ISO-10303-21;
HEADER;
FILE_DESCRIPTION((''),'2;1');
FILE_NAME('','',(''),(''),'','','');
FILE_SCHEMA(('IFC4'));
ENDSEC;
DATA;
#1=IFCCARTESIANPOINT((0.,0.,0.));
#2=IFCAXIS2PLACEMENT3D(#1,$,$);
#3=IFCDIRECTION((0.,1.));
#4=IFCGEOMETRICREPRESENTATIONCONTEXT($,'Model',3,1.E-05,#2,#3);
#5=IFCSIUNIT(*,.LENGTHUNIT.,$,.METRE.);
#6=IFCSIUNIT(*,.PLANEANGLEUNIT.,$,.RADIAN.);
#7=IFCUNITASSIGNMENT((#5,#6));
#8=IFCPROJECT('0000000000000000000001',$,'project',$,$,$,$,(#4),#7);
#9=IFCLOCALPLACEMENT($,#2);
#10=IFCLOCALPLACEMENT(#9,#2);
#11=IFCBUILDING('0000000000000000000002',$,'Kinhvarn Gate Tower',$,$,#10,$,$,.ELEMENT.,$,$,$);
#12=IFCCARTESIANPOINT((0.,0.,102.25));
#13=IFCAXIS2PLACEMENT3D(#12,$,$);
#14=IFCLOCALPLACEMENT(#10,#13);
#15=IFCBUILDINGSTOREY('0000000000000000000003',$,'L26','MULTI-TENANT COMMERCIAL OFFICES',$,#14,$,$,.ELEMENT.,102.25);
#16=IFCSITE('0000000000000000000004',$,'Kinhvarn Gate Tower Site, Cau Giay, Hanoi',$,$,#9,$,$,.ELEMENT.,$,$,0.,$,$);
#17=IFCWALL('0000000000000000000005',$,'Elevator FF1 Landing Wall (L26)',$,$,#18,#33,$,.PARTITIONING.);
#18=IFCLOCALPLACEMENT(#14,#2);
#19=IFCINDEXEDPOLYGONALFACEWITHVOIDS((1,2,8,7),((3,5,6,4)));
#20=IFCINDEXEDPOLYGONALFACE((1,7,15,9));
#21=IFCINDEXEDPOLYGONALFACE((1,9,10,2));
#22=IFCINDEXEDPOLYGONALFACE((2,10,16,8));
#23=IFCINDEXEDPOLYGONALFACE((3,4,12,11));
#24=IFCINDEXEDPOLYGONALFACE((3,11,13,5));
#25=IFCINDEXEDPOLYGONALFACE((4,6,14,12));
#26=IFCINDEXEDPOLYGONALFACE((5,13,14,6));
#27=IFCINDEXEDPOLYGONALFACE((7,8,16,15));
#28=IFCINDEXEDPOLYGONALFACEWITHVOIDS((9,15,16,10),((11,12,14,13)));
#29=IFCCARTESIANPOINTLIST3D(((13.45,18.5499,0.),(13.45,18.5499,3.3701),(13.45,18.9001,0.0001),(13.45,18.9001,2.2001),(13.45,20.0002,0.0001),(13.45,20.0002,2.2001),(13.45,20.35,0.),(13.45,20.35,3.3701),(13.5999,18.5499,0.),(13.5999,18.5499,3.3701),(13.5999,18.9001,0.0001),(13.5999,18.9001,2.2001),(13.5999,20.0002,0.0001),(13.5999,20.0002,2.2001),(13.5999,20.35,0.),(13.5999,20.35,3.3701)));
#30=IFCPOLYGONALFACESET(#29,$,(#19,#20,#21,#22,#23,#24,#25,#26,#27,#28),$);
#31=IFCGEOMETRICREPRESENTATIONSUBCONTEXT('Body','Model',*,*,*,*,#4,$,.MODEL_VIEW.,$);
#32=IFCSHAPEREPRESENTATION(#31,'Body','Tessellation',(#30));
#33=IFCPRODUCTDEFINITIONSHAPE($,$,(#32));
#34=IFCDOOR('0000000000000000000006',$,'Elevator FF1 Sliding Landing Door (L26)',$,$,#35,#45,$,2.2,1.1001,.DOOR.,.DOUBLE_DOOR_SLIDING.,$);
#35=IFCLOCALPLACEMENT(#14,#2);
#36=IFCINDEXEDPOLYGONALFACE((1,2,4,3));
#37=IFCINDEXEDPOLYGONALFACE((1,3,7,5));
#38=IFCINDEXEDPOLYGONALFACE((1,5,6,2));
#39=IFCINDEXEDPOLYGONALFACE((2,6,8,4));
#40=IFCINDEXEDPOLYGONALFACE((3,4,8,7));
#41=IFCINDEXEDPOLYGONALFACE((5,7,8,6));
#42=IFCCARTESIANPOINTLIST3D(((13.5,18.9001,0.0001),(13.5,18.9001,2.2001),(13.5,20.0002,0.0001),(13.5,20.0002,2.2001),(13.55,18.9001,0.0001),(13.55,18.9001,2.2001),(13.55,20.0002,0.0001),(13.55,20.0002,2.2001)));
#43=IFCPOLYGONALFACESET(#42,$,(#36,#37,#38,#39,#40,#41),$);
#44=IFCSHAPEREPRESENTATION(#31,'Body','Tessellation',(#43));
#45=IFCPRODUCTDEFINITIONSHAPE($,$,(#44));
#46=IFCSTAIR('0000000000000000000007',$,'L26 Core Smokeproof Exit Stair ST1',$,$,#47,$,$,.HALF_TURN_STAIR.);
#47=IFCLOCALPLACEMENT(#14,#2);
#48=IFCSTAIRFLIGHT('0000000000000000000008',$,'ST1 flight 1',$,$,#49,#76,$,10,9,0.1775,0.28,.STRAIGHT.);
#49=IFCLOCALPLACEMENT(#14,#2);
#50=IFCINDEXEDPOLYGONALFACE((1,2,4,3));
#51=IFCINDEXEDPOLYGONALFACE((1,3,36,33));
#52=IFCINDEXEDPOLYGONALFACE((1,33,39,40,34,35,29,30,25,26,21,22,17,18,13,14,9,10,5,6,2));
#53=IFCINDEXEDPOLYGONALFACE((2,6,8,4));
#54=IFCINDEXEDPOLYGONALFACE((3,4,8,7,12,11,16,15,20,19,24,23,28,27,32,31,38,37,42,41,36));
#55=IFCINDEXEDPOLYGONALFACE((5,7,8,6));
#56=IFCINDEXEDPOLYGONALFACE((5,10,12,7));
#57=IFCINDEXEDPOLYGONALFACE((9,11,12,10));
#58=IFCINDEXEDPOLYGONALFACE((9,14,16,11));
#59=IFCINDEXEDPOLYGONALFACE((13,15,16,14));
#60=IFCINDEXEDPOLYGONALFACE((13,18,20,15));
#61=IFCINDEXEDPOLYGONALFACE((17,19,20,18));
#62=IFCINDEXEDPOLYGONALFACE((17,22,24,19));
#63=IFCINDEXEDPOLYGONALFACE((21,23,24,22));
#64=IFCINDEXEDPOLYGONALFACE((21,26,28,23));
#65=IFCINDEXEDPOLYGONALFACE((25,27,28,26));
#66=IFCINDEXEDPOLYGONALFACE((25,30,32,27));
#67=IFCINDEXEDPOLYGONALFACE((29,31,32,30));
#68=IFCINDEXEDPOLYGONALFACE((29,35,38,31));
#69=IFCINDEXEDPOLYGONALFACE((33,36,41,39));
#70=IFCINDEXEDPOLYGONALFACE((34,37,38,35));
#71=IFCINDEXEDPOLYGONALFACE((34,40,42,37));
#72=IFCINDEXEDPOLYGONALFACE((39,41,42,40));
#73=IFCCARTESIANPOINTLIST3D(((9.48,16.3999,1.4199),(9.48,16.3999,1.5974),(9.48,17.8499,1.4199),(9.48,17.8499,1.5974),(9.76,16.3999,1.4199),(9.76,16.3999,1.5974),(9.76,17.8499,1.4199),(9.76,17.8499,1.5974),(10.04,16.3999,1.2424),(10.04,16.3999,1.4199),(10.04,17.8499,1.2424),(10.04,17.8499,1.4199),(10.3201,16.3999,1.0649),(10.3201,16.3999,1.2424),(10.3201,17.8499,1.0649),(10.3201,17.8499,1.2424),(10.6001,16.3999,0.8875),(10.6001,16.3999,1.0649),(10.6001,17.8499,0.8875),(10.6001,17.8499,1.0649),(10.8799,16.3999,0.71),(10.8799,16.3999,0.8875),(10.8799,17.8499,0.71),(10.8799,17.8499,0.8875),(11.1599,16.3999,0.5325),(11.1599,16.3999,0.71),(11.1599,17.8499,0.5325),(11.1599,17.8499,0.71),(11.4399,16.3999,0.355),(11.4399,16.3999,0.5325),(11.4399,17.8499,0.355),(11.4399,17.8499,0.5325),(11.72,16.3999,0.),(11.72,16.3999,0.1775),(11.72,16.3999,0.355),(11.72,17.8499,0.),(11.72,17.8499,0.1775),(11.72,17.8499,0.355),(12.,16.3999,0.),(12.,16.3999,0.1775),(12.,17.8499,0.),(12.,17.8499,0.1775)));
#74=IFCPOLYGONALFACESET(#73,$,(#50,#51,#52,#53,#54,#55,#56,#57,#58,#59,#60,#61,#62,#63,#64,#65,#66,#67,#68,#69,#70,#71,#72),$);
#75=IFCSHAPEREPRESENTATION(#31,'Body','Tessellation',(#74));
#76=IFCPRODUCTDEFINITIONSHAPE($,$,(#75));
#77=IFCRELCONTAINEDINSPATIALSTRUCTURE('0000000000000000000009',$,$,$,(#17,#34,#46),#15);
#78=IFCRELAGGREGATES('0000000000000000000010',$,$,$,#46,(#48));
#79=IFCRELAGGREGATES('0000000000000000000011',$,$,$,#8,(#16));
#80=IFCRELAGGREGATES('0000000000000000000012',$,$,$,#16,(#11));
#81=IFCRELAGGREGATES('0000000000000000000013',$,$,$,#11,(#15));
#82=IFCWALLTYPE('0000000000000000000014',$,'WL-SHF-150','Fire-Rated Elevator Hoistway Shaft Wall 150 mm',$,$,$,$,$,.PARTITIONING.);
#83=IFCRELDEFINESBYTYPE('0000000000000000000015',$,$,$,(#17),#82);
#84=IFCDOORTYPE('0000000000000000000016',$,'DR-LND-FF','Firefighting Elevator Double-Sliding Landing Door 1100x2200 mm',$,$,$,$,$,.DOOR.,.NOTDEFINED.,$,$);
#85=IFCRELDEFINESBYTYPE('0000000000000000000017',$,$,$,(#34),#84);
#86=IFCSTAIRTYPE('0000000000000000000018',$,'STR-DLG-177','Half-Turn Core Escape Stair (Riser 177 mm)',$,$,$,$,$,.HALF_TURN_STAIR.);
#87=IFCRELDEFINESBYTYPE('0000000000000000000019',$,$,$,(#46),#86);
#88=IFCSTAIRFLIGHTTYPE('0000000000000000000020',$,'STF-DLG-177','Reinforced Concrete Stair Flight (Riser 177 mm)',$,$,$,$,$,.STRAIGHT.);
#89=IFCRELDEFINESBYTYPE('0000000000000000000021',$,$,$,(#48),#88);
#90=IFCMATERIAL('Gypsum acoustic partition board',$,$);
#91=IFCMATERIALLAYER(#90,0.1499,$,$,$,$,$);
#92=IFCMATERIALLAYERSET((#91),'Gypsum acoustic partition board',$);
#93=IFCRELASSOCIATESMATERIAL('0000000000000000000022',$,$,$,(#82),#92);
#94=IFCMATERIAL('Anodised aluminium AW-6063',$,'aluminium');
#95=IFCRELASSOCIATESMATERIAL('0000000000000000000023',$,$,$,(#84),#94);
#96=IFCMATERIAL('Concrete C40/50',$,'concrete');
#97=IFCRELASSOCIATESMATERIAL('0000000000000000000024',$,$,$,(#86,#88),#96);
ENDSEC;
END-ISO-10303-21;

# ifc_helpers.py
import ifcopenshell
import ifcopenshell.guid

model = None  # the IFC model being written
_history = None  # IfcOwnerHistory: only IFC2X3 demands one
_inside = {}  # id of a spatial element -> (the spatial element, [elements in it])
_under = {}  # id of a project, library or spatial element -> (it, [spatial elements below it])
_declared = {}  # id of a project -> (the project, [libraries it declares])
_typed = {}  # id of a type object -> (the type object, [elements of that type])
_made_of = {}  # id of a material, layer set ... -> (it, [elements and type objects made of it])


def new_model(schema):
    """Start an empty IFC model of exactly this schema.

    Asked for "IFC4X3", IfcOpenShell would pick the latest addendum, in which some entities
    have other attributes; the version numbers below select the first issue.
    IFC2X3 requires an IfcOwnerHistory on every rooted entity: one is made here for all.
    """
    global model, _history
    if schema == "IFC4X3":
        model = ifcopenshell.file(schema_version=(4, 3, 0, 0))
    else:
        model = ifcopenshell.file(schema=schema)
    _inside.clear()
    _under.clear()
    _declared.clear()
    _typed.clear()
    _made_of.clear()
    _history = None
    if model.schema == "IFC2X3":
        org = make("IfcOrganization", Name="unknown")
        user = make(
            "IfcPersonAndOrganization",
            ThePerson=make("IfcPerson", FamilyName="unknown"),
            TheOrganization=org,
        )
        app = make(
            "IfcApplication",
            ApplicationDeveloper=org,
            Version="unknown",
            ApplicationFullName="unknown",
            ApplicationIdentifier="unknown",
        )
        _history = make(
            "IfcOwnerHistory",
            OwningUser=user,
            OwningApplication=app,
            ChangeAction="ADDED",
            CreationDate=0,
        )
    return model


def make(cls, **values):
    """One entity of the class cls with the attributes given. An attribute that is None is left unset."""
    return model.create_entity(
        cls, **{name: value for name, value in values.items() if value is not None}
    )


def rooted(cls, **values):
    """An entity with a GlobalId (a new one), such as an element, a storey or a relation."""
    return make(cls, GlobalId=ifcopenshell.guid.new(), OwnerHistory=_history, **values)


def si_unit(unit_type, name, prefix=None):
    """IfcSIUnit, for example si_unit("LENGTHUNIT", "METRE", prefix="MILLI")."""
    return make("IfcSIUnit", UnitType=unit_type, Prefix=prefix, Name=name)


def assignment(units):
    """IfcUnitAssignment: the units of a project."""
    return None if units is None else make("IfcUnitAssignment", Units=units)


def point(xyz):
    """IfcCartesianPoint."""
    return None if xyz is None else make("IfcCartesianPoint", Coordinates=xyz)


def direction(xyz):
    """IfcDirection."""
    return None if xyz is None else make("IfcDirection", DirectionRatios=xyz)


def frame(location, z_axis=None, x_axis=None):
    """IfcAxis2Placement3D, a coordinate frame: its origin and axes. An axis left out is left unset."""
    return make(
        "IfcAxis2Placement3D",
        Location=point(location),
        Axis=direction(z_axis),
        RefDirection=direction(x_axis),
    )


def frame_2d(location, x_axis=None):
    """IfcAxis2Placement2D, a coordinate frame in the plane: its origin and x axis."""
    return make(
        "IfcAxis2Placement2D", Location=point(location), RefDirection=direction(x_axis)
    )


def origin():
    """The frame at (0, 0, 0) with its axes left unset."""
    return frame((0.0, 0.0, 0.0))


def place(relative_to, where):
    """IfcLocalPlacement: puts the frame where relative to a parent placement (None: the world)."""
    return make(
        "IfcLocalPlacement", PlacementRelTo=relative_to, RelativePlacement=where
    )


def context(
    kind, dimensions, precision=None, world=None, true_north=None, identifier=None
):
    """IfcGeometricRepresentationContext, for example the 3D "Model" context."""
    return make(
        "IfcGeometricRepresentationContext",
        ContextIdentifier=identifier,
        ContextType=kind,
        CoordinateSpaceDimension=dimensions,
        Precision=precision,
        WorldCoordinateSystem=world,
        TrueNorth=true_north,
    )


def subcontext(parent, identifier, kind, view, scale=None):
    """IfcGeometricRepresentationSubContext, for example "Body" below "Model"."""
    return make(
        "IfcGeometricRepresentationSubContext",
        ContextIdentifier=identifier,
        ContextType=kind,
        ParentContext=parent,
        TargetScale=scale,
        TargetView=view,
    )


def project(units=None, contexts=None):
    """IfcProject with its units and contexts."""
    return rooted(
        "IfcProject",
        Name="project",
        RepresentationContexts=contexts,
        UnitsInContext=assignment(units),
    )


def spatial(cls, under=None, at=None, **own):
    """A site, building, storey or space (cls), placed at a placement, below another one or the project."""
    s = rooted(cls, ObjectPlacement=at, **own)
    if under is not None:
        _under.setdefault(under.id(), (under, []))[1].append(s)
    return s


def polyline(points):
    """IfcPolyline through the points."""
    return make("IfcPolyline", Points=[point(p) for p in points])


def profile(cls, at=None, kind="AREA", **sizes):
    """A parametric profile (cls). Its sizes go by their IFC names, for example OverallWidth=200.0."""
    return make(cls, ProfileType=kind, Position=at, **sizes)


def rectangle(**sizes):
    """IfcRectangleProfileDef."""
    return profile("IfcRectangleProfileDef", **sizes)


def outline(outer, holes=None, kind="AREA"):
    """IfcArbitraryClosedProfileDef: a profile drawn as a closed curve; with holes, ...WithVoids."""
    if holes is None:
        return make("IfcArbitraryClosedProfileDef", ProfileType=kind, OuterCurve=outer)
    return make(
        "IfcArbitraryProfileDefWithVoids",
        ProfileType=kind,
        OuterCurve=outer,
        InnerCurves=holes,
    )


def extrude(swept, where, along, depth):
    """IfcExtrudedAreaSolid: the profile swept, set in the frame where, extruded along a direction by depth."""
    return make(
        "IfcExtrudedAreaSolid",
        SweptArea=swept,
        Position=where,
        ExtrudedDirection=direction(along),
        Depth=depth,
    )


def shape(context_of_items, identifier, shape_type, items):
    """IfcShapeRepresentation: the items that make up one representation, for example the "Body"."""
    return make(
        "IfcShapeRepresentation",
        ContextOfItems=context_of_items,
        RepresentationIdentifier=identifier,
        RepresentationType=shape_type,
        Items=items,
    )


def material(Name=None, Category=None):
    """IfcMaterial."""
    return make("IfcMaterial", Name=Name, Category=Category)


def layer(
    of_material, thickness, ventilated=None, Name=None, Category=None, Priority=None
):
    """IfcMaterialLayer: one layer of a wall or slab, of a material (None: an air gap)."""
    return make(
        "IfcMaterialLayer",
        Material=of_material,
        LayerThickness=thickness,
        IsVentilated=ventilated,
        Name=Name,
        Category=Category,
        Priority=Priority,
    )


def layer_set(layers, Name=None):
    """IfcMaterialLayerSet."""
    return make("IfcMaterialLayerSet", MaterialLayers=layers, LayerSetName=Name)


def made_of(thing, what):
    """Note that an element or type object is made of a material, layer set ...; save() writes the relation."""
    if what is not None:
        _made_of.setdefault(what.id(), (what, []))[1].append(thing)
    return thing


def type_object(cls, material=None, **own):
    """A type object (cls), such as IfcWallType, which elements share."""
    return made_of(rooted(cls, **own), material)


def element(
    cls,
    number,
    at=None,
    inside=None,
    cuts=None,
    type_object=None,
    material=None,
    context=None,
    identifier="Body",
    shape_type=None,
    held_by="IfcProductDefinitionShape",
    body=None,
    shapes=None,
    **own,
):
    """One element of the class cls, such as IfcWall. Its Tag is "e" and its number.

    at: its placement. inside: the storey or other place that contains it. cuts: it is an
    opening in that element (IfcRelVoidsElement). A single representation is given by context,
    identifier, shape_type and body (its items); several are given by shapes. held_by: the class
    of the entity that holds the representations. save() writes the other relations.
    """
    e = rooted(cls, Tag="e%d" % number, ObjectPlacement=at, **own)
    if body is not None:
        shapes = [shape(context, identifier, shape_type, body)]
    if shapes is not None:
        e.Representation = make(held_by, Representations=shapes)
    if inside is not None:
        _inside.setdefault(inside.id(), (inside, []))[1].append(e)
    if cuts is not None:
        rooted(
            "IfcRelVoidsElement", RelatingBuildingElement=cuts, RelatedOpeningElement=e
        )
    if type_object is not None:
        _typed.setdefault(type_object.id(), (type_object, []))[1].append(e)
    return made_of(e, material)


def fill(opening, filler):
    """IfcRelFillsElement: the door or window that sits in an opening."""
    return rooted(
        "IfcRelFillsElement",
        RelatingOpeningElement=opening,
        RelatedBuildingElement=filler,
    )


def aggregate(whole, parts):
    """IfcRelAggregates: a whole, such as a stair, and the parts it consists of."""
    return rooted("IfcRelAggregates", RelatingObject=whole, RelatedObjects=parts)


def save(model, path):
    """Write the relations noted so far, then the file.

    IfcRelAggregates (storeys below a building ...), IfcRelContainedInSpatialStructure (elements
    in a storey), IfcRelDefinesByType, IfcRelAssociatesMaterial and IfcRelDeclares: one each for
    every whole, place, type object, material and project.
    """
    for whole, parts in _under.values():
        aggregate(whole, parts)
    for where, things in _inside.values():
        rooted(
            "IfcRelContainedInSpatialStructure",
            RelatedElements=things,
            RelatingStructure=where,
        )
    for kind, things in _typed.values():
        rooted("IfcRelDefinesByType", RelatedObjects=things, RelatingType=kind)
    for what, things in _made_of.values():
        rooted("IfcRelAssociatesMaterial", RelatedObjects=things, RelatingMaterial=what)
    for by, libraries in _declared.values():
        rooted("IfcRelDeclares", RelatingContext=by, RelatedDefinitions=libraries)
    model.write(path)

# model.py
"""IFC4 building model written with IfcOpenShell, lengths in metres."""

from ifc_helpers import new_model, si_unit, direction, frame, frame_2d, origin, place, context, subcontext, project, spatial, polyline, rectangle, outline, extrude, material, layer, layer_set, type_object, element, fill, aggregate, save


model = new_model("IFC4")

# Units and contexts
model_context = context("Model", 3, precision=1e-05, world=origin(), true_north=direction((0.0, 1.0)))
body_context = subcontext(model_context, "Body", "Model", "MODEL_VIEW")
ifc_project = project(units=[si_unit("LENGTHUNIT", "METRE"), si_unit("PLANEANGLEUNIT", "RADIAN")], contexts=[model_context])

# Site, building, storey
site_placement = place(None, origin())
site = spatial("IfcSite", under=ifc_project, at=site_placement, Name="Kinhvarn Gate Tower Site, Cau Giay, Hanoi", CompositionType="ELEMENT", RefElevation=0.0)
building_placement = place(site_placement, origin())
building = spatial("IfcBuilding", under=site, at=building_placement, Name="Kinhvarn Gate Tower", CompositionType="ELEMENT")
storey_placement = place(building_placement, frame((0.0, 0.0, 102.25)))
storey = spatial("IfcBuildingStorey", under=building, at=storey_placement, Name="L26", Description="MULTI-TENANT COMMERCIAL OFFICES", CompositionType="ELEMENT", Elevation=102.25)

# Shared definitions
ifc_material_1 = material(Name="Anodised aluminium AW-6063", Category="aluminium")

# Shared definitions
ifc_material_2 = material(Name="Gypsum acoustic partition board")

# Shared definitions
ifc_layer_1 = layer(ifc_material_2, 0.1499)
ifc_layer_set_1 = layer_set([ifc_layer_1], Name="Gypsum acoustic partition board")
wall_type_1 = type_object("IfcWallType", Name="WL-SHF-150", Description="Fire-Rated Elevator Hoistway Shaft Wall 150 mm", PredefinedType="PARTITIONING", material=ifc_layer_set_1)

# Wall, opening, door
wall_1_placement = place(storey_placement, frame((13.5249, 18.55, 0.0), z_axis=(0.0, 0.0, 1.0), x_axis=(0.0, 1.0, 0.0)))
wall_1 = element("IfcWall", 1, at=wall_1_placement, inside=storey, type_object=wall_type_1, Name="Elevator FF1 Landing Wall (L26)", PredefinedType="PARTITIONING", context=body_context, shape_type="SweptSolid", body=[
    extrude(rectangle(XDim=1.8, YDim=0.1499, at=frame_2d((0.8999, 0.0))), origin(), (0.0, 0.0, 1.0), 3.3701),
])
opening_1_placement = place(wall_1_placement, frame((0.3501, 0.0, 0.0)))
opening_1 = element("IfcOpeningElement", 2, at=opening_1_placement, cuts=wall_1, PredefinedType="OPENING", context=body_context, shape_type="SweptSolid", body=[
    extrude(rectangle(XDim=1.1001, YDim=2.2, at=frame_2d((0.55, 1.1001))), frame((0.0, 0.085, 0.0), z_axis=(0.0, -1.0, 0.0), x_axis=(1.0, 0.0, 0.0)), (0.0, 0.0, 1.0), 0.1699),
])
door_type_1 = type_object("IfcDoorType", Name="DR-LND-FF", Description="Firefighting Elevator Double-Sliding Landing Door 1100x2200 mm", OperationType="NOTDEFINED", PredefinedType="DOOR", material=ifc_material_1)
door_1_placement = place(opening_1_placement, origin())
door_1 = element("IfcDoor", 3, at=door_1_placement, inside=storey, type_object=door_type_1, Name="Elevator FF1 Sliding Landing Door (L26)", OperationType="DOUBLE_DOOR_SLIDING", OverallHeight=2.2, OverallWidth=1.1001, PredefinedType="DOOR", context=body_context, shape_type="SweptSolid", body=[
    extrude(rectangle(XDim=1.1001, YDim=2.2, at=frame_2d((0.55, 1.1001))), frame((0.0, 0.0249, 0.0), z_axis=(0.0, -1.0, 0.0), x_axis=(1.0, 0.0, 0.0)), (0.0, 0.0, 1.0), 0.05),
])
fill(opening_1, door_1)
ifc_material_3 = material(Name="Concrete C40/50", Category="concrete")

# Stair, stair flight
stair_type = type_object("IfcStairType", Name="STR-DLG-177", Description="Half-Turn Core Escape Stair (Riser 177 mm)", PredefinedType="HALF_TURN_STAIR", material=ifc_material_3)
stair_placement = place(storey_placement, origin())
stair = element("IfcStair", 4, at=stair_placement, inside=storey, type_object=stair_type, Name="L26 Core Smokeproof Exit Stair ST1", PredefinedType="HALF_TURN_STAIR")
stair_flight_type = type_object("IfcStairFlightType", Name="STF-DLG-177", Description="Reinforced Concrete Stair Flight (Riser 177 mm)", PredefinedType="STRAIGHT", material=ifc_material_3)
stair_flight_placement = place(storey_placement, frame((12.0, 17.125, 0.0), z_axis=(0.0, 0.0, 1.0), x_axis=(-1.0, 0.0, 0.0)))
stair_flight = element("IfcStairFlight", 5, at=stair_flight_placement, type_object=stair_flight_type, Name="ST1 flight 1", NumberOfRisers=10, NumberOfTreads=9, PredefinedType="STRAIGHT", RiserHeight=0.1775, TreadLength=0.28, context=body_context, shape_type="SweptSolid", body=[
    extrude(outline(polyline([(0.0, 0.0), (0.0, 0.1775), (0.28, 0.1775), (0.28, 0.355), (0.5601, 0.355), (0.5601, 0.5325), (0.8401, 0.5325), (0.8401, 0.71), (1.1201, 0.71), (1.1201, 0.8875), (1.3999, 0.8875), (1.3999, 1.0649), (1.6799, 1.0649), (1.6799, 1.2424), (1.96, 1.2424), (1.96, 1.4199), (2.24, 1.4199), (2.24, 1.5974), (2.52, 1.5974), (2.52, 1.7749), (2.52, 1.4199), (0.28, 0.0), (0.0, 0.0)])), frame((0.0, 0.7251, 0.0), z_axis=(0.0, -1.0, 0.0), x_axis=(1.0, 0.0, 0.0)), (0.0, 0.0, 1.0), 1.45),
])
aggregate(stair, [stair_flight])

save(model, "model.ifc")
